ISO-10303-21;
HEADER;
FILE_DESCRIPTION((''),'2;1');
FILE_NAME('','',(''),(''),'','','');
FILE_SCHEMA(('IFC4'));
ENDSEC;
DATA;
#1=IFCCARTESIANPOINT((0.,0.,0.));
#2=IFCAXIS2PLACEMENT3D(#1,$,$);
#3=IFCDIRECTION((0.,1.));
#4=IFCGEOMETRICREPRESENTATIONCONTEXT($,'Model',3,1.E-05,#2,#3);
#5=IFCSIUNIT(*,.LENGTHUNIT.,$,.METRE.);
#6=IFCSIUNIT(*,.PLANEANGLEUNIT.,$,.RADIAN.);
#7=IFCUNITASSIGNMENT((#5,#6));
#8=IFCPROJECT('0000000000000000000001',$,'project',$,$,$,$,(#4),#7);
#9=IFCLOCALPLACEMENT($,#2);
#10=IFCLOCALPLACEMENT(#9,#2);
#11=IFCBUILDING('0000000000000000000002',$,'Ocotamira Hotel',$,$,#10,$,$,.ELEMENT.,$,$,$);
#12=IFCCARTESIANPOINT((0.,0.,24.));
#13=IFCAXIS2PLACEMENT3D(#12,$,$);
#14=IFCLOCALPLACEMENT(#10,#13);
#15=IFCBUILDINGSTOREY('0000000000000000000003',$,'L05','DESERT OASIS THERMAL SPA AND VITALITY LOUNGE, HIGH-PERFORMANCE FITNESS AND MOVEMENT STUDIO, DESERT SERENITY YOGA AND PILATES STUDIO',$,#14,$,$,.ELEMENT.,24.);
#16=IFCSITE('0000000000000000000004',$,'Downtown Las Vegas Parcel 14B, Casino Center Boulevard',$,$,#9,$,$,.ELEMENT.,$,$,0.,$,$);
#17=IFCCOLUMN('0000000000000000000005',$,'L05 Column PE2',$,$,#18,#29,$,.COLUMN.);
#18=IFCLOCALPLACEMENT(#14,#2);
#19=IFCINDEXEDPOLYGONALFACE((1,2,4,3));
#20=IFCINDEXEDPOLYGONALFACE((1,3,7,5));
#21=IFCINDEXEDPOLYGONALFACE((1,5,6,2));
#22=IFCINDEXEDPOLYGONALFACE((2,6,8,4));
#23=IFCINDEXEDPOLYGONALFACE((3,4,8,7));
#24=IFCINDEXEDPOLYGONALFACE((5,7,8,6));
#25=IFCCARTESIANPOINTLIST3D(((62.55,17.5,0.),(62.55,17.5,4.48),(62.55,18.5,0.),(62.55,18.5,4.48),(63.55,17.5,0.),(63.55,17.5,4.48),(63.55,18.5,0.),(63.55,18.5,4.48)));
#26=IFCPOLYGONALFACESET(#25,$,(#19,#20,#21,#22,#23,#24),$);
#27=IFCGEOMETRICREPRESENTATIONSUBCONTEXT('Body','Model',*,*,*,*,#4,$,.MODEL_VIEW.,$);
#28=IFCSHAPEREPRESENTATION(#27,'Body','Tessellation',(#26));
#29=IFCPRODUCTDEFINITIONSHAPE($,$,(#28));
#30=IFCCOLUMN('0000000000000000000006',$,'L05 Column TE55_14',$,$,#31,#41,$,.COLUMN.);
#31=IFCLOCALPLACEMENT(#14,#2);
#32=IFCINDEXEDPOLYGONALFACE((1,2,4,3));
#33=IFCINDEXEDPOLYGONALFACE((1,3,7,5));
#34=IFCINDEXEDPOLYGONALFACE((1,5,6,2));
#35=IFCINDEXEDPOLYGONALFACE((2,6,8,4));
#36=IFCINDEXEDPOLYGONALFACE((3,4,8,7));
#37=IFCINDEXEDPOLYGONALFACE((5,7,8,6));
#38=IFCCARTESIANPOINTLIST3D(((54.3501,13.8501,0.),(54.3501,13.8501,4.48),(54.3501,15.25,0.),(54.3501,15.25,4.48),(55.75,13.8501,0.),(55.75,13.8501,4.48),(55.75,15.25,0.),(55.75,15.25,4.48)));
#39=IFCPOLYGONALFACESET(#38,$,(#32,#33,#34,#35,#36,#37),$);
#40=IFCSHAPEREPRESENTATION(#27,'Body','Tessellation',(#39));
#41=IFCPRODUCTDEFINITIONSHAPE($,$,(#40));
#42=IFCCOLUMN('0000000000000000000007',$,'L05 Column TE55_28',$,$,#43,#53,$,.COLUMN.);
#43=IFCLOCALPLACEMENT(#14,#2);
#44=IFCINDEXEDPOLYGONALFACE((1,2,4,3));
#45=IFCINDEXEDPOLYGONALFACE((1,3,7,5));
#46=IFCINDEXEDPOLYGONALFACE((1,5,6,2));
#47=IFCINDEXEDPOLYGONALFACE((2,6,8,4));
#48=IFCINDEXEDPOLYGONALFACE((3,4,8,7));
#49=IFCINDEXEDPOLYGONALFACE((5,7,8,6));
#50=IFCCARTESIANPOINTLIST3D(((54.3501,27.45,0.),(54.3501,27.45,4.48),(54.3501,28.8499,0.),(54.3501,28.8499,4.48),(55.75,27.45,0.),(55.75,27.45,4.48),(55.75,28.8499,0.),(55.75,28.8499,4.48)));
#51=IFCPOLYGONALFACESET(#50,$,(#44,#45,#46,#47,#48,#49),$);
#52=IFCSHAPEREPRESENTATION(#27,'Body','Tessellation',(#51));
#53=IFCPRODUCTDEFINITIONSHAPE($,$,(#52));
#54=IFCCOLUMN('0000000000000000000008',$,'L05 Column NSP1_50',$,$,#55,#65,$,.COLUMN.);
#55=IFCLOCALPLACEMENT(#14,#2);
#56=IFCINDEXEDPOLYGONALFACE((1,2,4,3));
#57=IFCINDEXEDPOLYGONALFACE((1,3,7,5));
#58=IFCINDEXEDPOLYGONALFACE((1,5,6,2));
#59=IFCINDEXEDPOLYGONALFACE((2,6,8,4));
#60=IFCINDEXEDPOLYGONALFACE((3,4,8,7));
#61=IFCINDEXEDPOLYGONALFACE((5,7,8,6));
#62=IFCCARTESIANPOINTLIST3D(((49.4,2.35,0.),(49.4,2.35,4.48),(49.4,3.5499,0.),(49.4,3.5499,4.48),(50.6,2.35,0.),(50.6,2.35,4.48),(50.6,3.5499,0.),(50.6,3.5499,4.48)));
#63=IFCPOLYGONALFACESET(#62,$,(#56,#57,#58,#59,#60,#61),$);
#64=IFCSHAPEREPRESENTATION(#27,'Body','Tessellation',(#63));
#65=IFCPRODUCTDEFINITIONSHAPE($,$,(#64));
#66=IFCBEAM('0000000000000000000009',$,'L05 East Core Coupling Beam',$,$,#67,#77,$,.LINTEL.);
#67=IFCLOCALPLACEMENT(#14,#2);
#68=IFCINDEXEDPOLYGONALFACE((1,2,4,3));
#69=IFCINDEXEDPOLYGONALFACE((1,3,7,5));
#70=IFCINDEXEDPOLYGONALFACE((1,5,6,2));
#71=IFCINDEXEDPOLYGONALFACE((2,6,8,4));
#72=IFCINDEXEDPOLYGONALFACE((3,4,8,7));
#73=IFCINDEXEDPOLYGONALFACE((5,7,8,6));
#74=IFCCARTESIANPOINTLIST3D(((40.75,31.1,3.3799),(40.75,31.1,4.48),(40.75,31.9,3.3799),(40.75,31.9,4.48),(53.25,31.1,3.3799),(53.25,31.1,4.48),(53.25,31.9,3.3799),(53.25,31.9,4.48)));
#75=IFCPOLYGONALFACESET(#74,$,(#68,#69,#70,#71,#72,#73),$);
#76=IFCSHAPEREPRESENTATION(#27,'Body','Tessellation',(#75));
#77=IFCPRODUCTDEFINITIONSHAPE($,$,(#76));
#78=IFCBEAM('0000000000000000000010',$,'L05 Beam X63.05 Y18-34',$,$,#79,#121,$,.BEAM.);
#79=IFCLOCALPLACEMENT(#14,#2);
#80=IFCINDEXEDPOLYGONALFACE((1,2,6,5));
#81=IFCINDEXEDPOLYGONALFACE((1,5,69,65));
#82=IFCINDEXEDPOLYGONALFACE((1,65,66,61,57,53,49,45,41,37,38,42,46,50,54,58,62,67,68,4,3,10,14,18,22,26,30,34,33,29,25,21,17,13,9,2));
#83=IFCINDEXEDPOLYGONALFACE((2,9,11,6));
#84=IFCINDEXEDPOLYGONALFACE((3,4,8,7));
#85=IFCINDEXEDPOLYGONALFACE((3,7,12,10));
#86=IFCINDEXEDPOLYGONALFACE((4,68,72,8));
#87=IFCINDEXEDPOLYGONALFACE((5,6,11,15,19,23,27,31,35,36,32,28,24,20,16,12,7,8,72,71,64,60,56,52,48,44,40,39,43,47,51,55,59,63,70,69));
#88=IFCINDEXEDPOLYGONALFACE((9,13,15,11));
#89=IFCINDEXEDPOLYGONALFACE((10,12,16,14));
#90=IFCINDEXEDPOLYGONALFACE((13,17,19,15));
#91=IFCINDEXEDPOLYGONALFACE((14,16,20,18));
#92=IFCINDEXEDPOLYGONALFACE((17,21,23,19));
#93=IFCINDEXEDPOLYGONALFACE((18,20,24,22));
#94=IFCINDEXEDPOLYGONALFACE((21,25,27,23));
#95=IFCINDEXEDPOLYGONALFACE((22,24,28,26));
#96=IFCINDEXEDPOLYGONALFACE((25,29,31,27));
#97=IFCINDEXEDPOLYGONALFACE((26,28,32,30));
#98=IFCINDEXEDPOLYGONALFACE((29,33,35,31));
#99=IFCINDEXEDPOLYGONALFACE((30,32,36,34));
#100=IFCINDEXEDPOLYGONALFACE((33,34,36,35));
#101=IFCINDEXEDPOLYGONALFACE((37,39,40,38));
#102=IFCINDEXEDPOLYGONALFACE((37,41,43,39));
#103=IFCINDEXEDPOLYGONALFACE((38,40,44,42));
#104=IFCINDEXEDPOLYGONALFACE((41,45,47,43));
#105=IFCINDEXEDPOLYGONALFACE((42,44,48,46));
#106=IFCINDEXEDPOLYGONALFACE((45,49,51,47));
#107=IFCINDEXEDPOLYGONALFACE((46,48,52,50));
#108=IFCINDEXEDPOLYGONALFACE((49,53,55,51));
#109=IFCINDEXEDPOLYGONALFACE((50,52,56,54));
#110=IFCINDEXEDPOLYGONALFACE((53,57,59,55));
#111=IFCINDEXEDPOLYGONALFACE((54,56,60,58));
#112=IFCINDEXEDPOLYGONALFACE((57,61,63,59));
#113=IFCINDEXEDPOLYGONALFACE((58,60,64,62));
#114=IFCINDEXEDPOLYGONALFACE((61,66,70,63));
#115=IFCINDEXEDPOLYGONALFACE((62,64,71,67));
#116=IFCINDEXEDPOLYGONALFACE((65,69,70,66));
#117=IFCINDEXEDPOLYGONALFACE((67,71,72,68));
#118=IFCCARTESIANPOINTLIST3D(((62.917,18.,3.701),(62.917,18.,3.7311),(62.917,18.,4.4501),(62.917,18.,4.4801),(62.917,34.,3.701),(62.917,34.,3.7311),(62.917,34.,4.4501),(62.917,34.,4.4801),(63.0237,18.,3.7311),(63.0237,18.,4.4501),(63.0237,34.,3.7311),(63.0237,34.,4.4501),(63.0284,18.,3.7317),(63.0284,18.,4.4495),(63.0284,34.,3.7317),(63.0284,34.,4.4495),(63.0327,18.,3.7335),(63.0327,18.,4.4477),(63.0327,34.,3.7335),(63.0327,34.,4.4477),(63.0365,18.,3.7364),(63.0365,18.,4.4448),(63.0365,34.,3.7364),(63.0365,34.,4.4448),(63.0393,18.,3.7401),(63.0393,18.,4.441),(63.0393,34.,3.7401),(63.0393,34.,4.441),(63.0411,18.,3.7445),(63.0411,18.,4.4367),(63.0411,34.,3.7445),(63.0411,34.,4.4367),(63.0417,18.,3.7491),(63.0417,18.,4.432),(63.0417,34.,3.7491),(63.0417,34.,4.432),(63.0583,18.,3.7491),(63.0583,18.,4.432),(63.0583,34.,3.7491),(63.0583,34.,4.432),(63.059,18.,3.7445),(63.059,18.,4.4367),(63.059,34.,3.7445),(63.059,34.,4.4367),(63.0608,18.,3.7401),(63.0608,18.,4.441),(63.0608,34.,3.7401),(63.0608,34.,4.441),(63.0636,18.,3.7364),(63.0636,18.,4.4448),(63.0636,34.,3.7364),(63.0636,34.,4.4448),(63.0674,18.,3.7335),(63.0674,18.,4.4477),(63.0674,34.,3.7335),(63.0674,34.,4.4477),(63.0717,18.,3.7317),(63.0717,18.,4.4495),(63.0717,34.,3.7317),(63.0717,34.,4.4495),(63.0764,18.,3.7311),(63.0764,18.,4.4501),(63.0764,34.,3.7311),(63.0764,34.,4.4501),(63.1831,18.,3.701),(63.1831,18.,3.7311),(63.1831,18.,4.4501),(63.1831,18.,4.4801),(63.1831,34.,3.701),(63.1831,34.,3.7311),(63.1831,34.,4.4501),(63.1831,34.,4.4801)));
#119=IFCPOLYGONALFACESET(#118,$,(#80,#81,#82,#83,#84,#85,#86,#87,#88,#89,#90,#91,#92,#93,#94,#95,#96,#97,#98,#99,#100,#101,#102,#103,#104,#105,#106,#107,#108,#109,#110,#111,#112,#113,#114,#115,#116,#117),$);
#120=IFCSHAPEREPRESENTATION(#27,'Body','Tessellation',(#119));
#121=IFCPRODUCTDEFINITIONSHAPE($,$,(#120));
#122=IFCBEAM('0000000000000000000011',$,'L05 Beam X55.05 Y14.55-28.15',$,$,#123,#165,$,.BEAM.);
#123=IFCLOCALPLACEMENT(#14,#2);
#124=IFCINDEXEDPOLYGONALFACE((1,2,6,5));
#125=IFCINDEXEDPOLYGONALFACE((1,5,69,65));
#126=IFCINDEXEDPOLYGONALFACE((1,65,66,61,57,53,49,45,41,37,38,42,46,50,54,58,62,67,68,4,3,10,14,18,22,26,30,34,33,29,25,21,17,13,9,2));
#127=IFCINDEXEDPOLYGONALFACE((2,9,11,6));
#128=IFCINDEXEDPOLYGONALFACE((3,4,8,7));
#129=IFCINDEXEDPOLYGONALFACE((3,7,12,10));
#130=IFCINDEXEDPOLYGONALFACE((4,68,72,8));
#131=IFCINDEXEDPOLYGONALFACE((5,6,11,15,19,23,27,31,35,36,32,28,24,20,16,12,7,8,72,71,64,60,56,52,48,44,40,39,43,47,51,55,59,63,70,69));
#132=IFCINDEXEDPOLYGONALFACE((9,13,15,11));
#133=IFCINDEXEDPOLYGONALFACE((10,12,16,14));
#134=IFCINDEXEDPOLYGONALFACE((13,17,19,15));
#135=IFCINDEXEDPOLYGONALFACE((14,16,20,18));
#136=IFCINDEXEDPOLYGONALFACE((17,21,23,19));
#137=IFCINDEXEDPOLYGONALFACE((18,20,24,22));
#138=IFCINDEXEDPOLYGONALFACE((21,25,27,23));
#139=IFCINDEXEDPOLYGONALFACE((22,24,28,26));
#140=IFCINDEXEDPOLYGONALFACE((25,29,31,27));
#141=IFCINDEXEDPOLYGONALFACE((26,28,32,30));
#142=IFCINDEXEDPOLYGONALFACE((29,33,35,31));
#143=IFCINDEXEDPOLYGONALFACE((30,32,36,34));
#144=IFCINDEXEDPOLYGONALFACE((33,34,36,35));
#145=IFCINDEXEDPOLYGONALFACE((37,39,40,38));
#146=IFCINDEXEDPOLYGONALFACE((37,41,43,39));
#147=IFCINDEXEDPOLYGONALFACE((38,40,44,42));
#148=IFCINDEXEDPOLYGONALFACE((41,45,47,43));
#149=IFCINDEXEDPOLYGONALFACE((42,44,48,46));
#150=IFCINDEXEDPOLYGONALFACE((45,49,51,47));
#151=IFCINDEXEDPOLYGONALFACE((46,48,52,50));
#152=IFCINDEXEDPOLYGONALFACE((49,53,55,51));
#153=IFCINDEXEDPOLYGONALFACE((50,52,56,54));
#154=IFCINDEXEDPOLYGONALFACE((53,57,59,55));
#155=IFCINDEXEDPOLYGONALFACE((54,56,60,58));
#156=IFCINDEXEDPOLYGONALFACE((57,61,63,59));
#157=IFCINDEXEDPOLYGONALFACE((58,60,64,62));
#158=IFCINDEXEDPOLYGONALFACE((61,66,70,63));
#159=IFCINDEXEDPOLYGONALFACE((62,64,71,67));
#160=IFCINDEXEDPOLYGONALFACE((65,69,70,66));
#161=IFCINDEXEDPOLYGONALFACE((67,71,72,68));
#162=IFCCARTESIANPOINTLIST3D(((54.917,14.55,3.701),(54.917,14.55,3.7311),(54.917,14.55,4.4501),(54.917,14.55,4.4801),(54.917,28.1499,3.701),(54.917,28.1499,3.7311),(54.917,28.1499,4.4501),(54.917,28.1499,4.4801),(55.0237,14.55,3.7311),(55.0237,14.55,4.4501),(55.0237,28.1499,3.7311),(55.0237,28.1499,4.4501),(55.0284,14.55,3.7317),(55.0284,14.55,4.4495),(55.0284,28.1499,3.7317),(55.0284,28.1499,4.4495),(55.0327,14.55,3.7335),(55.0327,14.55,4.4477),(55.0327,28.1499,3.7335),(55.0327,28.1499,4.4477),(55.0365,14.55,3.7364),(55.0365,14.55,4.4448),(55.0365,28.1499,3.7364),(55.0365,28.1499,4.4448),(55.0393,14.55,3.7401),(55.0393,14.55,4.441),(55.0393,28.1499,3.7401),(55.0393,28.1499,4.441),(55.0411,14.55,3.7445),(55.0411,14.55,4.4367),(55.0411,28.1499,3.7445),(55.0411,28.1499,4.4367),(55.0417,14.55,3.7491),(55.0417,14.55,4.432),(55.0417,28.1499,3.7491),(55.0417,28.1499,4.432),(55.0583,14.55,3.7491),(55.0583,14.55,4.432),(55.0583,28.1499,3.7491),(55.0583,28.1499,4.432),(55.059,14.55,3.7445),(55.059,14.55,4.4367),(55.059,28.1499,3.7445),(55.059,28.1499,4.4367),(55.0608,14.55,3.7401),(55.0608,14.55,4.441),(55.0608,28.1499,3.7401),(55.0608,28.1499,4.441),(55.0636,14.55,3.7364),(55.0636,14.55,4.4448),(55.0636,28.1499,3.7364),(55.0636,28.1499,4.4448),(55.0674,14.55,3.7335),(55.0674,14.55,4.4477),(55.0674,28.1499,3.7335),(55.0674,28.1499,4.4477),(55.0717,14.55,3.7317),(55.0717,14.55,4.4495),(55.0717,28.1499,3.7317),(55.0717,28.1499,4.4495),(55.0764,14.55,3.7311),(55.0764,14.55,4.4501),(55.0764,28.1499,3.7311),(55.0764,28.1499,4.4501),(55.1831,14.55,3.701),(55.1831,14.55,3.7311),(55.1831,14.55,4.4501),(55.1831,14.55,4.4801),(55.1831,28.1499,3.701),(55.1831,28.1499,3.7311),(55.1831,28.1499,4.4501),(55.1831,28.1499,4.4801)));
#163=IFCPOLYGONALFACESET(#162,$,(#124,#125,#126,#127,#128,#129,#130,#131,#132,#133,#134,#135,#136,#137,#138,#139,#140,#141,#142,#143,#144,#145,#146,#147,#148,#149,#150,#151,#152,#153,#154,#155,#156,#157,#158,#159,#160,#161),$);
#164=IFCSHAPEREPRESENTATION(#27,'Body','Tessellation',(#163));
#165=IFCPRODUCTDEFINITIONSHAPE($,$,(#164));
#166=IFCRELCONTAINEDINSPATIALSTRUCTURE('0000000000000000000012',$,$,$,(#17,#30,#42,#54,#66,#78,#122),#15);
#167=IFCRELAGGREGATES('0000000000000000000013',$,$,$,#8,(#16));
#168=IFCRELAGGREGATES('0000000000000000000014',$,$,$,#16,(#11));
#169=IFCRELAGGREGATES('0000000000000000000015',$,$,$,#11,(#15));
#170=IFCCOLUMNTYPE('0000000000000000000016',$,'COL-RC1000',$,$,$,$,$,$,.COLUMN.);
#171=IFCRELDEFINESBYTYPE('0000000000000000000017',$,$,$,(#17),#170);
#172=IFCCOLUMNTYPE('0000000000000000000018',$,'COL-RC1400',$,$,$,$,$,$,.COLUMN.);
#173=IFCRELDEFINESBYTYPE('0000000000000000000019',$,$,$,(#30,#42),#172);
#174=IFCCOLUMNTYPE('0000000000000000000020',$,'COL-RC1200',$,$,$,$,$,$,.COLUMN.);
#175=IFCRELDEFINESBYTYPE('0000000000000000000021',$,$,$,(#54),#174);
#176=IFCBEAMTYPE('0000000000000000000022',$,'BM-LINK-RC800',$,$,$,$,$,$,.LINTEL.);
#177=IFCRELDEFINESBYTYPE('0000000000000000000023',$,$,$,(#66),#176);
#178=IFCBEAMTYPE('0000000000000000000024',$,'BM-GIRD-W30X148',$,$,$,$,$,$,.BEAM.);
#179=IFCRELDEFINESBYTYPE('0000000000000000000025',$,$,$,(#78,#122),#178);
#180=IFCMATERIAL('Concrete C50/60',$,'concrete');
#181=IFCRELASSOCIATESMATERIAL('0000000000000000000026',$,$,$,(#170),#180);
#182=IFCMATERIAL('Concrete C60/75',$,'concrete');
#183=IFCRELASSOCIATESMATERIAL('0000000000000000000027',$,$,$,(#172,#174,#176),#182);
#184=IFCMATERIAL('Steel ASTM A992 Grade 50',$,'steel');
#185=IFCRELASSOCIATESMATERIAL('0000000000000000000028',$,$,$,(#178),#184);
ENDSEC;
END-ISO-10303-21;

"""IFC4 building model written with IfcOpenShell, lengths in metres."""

from ifc_helpers import new_model, si_unit, direction, frame, origin, origin_2d, place, context, subcontext, project, spatial, rectangle, i_section, extrude, source, transform, mapped, material, material_profile, profile_set, type_object, element, save


model = new_model("IFC4")

# Units and contexts
model_context = context("Model", 3, precision=1e-05, world=origin(), true_north=direction((0.0, 1.0)))
body_context = subcontext(model_context, "Body", "Model", "MODEL_VIEW")
ifc_project = project(units=[si_unit("LENGTHUNIT", "METRE"), si_unit("PLANEANGLEUNIT", "RADIAN")], contexts=[model_context])

# Site, building, storey
site_placement = place(None, origin())
site = spatial("IfcSite", under=ifc_project, at=site_placement, Name="Downtown Las Vegas Parcel 14B, Casino Center Boulevard", CompositionType="ELEMENT", RefElevation=0.0)
building_placement = place(site_placement, origin())
building = spatial("IfcBuilding", under=site, at=building_placement, Name="Ocotamira Hotel", CompositionType="ELEMENT")
storey_placement = place(building_placement, frame((0.0, 0.0, 24.0)))
storey = spatial("IfcBuildingStorey", under=building, at=storey_placement, Name="L05", Description="DESERT OASIS THERMAL SPA AND VITALITY LOUNGE, HIGH-PERFORMANCE FITNESS AND MOVEMENT STUDIO, DESERT SERENITY YOGA AND PILATES STUDIO", CompositionType="ELEMENT", Elevation=24.0)

# Columns
ifc_material_1 = material(Name="Concrete C50/60", Category="concrete")
ifc_material_profile_1 = material_profile(ifc_material_1, rectangle(XDim=1.0, YDim=1.0, at=origin_2d()), Name="RC1000X1000")
ifc_profile_set_1 = profile_set([ifc_material_profile_1], Name="Concrete C50/60")
column_type_1 = type_object("IfcColumnType", Name="COL-RC1000", PredefinedType="COLUMN", material=ifc_profile_set_1)
shared_shape_1 = source(origin(), body_context, "Body", "SweptSolid", [
    extrude(rectangle(XDim=1.0, YDim=1.0, at=origin_2d()), origin(), (0.0, 0.0, 1.0), 4.48),
])
column_1_placement = place(storey_placement, frame((63.05, 18.0, 0.0), z_axis=(0.0, 0.0, 1.0), x_axis=(1.0, 0.0, 0.0)))
element("IfcColumn", 1, at=column_1_placement, inside=storey, type_object=column_type_1, Name="L05 Column PE2", PredefinedType="COLUMN", context=body_context, shape_type="MappedRepresentation", body=[
    mapped(shared_shape_1, transform((0.0, 0.0, 0.0), scale=1.0)),
])
ifc_material_2 = material(Name="Concrete C60/75", Category="concrete")
ifc_material_profile_2 = material_profile(ifc_material_2, rectangle(XDim=1.3999, YDim=1.3999, at=origin_2d()), Name="RC1400X1400")
ifc_profile_set_2 = profile_set([ifc_material_profile_2], Name="Concrete C60/75")
column_type_2 = type_object("IfcColumnType", Name="COL-RC1400", PredefinedType="COLUMN", material=ifc_profile_set_2)
shared_shape_2 = source(origin(), body_context, "Body", "SweptSolid", [
    extrude(rectangle(XDim=1.3999, YDim=1.3999, at=origin_2d()), origin(), (0.0, 0.0, 1.0), 4.48),
])
for number, where, z_axis, x_axis, name in (
    (2, (55.05, 14.55, 0.0), (0.0, 0.0, 1.0), (1.0, 0.0, 0.0), "L05 Column TE55_14"),
    (3, (55.05, 28.1499, 0.0), (0.0, 0.0, 1.0), (1.0, 0.0, 0.0), "L05 Column TE55_28"),
):
    element("IfcColumn", number, at=place(storey_placement, frame(where, z_axis=z_axis, x_axis=x_axis)), inside=storey, type_object=column_type_2, Name=name, PredefinedType="COLUMN", context=body_context, shape_type="MappedRepresentation", body=[
        mapped(shared_shape_2, transform((0.0, 0.0, 0.0), scale=1.0)),
    ])
ifc_material_profile_3 = material_profile(ifc_material_2, rectangle(XDim=1.2, YDim=1.2, at=origin_2d()), Name="RC1200X1200")
ifc_profile_set_3 = profile_set([ifc_material_profile_3], Name="Concrete C60/75")
column_type_3 = type_object("IfcColumnType", Name="COL-RC1200", PredefinedType="COLUMN", material=ifc_profile_set_3)
shared_shape_3 = source(origin(), body_context, "Body", "SweptSolid", [
    extrude(rectangle(XDim=1.2, YDim=1.2, at=origin_2d()), origin(), (0.0, 0.0, 1.0), 4.48),
])
column_2_placement = place(storey_placement, frame((50.0, 2.95, 0.0), z_axis=(0.0, 0.0, 1.0), x_axis=(1.0, 0.0, 0.0)))
element("IfcColumn", 4, at=column_2_placement, inside=storey, type_object=column_type_3, Name="L05 Column NSP1_50", PredefinedType="COLUMN", context=body_context, shape_type="MappedRepresentation", body=[
    mapped(shared_shape_3, transform((0.0, 0.0, 0.0), scale=1.0)),
])

# Beams
ifc_material_profile_4 = material_profile(ifc_material_2, rectangle(XDim=0.8, YDim=1.1001, at=origin_2d()), Name="RC800X1100")
ifc_profile_set_4 = profile_set([ifc_material_profile_4], Name="Concrete C60/75")
beam_type_1 = type_object("IfcBeamType", Name="BM-LINK-RC800", PredefinedType="LINTEL", material=ifc_profile_set_4)
shared_shape_4 = source(origin(), body_context, "Body", "SweptSolid", [
    extrude(rectangle(XDim=0.8, YDim=1.1001, at=origin_2d()), origin(), (0.0, 0.0, 1.0), 12.5),
])
beam_1_placement = place(storey_placement, frame((40.75, 31.5, 3.9299), z_axis=(1.0, 0.0, 0.0), x_axis=(0.0, 1.0, 0.0)))
element("IfcBeam", 5, at=beam_1_placement, inside=storey, type_object=beam_type_1, Name="L05 East Core Coupling Beam", PredefinedType="LINTEL", context=body_context, shape_type="MappedRepresentation", body=[
    mapped(shared_shape_4, transform((0.0, 0.0, 0.0), scale=1.0)),
])
ifc_material_3 = material(Name="Steel ASTM A992 Grade 50", Category="steel")
ifc_material_profile_5 = material_profile(ifc_material_3, i_section(OverallWidth=0.2661, OverallDepth=0.7791, WebThickness=0.0166, FlangeThickness=0.03, FilletRadius=0.0181, at=origin_2d()), Name="W30X148")
ifc_profile_set_5 = profile_set([ifc_material_profile_5], Name="Steel ASTM A992 Grade 50")
beam_type_2 = type_object("IfcBeamType", Name="BM-GIRD-W30X148", PredefinedType="BEAM", material=ifc_profile_set_5)
shared_shape_5 = source(origin(), body_context, "Body", "SweptSolid", [
    extrude(i_section(OverallWidth=0.2661, OverallDepth=0.7791, WebThickness=0.0166, FlangeThickness=0.03, FilletRadius=0.0181, at=origin_2d()), origin(), (0.0, 0.0, 1.0), 16.0),
])
beam_2_placement = place(storey_placement, frame((63.05, 18.0, 4.0906), z_axis=(0.0, 1.0, 0.0), x_axis=(-1.0, 0.0, 0.0)))
element("IfcBeam", 6, at=beam_2_placement, inside=storey, type_object=beam_type_2, Name="L05 Beam X63.05 Y18-34", PredefinedType="BEAM", context=body_context, shape_type="MappedRepresentation", body=[
    mapped(shared_shape_5, transform((0.0, 0.0, 0.0), scale=1.0)),
])
shared_shape_6 = source(origin(), body_context, "Body", "SweptSolid", [
    extrude(i_section(OverallWidth=0.2661, OverallDepth=0.7791, WebThickness=0.0166, FlangeThickness=0.03, FilletRadius=0.0181, at=origin_2d()), origin(), (0.0, 0.0, 1.0), 13.5999),
])
beam_3_placement = place(storey_placement, frame((55.05, 14.55, 4.0906), z_axis=(0.0, 1.0, 0.0), x_axis=(-1.0, 0.0, 0.0)))
element("IfcBeam", 7, at=beam_3_placement, inside=storey, type_object=beam_type_2, Name="L05 Beam X55.05 Y14.55-28.15", PredefinedType="BEAM", context=body_context, shape_type="MappedRepresentation", body=[
    mapped(shared_shape_6, transform((0.0, 0.0, 0.0), scale=1.0)),
])

save(model, "model.ifc")
